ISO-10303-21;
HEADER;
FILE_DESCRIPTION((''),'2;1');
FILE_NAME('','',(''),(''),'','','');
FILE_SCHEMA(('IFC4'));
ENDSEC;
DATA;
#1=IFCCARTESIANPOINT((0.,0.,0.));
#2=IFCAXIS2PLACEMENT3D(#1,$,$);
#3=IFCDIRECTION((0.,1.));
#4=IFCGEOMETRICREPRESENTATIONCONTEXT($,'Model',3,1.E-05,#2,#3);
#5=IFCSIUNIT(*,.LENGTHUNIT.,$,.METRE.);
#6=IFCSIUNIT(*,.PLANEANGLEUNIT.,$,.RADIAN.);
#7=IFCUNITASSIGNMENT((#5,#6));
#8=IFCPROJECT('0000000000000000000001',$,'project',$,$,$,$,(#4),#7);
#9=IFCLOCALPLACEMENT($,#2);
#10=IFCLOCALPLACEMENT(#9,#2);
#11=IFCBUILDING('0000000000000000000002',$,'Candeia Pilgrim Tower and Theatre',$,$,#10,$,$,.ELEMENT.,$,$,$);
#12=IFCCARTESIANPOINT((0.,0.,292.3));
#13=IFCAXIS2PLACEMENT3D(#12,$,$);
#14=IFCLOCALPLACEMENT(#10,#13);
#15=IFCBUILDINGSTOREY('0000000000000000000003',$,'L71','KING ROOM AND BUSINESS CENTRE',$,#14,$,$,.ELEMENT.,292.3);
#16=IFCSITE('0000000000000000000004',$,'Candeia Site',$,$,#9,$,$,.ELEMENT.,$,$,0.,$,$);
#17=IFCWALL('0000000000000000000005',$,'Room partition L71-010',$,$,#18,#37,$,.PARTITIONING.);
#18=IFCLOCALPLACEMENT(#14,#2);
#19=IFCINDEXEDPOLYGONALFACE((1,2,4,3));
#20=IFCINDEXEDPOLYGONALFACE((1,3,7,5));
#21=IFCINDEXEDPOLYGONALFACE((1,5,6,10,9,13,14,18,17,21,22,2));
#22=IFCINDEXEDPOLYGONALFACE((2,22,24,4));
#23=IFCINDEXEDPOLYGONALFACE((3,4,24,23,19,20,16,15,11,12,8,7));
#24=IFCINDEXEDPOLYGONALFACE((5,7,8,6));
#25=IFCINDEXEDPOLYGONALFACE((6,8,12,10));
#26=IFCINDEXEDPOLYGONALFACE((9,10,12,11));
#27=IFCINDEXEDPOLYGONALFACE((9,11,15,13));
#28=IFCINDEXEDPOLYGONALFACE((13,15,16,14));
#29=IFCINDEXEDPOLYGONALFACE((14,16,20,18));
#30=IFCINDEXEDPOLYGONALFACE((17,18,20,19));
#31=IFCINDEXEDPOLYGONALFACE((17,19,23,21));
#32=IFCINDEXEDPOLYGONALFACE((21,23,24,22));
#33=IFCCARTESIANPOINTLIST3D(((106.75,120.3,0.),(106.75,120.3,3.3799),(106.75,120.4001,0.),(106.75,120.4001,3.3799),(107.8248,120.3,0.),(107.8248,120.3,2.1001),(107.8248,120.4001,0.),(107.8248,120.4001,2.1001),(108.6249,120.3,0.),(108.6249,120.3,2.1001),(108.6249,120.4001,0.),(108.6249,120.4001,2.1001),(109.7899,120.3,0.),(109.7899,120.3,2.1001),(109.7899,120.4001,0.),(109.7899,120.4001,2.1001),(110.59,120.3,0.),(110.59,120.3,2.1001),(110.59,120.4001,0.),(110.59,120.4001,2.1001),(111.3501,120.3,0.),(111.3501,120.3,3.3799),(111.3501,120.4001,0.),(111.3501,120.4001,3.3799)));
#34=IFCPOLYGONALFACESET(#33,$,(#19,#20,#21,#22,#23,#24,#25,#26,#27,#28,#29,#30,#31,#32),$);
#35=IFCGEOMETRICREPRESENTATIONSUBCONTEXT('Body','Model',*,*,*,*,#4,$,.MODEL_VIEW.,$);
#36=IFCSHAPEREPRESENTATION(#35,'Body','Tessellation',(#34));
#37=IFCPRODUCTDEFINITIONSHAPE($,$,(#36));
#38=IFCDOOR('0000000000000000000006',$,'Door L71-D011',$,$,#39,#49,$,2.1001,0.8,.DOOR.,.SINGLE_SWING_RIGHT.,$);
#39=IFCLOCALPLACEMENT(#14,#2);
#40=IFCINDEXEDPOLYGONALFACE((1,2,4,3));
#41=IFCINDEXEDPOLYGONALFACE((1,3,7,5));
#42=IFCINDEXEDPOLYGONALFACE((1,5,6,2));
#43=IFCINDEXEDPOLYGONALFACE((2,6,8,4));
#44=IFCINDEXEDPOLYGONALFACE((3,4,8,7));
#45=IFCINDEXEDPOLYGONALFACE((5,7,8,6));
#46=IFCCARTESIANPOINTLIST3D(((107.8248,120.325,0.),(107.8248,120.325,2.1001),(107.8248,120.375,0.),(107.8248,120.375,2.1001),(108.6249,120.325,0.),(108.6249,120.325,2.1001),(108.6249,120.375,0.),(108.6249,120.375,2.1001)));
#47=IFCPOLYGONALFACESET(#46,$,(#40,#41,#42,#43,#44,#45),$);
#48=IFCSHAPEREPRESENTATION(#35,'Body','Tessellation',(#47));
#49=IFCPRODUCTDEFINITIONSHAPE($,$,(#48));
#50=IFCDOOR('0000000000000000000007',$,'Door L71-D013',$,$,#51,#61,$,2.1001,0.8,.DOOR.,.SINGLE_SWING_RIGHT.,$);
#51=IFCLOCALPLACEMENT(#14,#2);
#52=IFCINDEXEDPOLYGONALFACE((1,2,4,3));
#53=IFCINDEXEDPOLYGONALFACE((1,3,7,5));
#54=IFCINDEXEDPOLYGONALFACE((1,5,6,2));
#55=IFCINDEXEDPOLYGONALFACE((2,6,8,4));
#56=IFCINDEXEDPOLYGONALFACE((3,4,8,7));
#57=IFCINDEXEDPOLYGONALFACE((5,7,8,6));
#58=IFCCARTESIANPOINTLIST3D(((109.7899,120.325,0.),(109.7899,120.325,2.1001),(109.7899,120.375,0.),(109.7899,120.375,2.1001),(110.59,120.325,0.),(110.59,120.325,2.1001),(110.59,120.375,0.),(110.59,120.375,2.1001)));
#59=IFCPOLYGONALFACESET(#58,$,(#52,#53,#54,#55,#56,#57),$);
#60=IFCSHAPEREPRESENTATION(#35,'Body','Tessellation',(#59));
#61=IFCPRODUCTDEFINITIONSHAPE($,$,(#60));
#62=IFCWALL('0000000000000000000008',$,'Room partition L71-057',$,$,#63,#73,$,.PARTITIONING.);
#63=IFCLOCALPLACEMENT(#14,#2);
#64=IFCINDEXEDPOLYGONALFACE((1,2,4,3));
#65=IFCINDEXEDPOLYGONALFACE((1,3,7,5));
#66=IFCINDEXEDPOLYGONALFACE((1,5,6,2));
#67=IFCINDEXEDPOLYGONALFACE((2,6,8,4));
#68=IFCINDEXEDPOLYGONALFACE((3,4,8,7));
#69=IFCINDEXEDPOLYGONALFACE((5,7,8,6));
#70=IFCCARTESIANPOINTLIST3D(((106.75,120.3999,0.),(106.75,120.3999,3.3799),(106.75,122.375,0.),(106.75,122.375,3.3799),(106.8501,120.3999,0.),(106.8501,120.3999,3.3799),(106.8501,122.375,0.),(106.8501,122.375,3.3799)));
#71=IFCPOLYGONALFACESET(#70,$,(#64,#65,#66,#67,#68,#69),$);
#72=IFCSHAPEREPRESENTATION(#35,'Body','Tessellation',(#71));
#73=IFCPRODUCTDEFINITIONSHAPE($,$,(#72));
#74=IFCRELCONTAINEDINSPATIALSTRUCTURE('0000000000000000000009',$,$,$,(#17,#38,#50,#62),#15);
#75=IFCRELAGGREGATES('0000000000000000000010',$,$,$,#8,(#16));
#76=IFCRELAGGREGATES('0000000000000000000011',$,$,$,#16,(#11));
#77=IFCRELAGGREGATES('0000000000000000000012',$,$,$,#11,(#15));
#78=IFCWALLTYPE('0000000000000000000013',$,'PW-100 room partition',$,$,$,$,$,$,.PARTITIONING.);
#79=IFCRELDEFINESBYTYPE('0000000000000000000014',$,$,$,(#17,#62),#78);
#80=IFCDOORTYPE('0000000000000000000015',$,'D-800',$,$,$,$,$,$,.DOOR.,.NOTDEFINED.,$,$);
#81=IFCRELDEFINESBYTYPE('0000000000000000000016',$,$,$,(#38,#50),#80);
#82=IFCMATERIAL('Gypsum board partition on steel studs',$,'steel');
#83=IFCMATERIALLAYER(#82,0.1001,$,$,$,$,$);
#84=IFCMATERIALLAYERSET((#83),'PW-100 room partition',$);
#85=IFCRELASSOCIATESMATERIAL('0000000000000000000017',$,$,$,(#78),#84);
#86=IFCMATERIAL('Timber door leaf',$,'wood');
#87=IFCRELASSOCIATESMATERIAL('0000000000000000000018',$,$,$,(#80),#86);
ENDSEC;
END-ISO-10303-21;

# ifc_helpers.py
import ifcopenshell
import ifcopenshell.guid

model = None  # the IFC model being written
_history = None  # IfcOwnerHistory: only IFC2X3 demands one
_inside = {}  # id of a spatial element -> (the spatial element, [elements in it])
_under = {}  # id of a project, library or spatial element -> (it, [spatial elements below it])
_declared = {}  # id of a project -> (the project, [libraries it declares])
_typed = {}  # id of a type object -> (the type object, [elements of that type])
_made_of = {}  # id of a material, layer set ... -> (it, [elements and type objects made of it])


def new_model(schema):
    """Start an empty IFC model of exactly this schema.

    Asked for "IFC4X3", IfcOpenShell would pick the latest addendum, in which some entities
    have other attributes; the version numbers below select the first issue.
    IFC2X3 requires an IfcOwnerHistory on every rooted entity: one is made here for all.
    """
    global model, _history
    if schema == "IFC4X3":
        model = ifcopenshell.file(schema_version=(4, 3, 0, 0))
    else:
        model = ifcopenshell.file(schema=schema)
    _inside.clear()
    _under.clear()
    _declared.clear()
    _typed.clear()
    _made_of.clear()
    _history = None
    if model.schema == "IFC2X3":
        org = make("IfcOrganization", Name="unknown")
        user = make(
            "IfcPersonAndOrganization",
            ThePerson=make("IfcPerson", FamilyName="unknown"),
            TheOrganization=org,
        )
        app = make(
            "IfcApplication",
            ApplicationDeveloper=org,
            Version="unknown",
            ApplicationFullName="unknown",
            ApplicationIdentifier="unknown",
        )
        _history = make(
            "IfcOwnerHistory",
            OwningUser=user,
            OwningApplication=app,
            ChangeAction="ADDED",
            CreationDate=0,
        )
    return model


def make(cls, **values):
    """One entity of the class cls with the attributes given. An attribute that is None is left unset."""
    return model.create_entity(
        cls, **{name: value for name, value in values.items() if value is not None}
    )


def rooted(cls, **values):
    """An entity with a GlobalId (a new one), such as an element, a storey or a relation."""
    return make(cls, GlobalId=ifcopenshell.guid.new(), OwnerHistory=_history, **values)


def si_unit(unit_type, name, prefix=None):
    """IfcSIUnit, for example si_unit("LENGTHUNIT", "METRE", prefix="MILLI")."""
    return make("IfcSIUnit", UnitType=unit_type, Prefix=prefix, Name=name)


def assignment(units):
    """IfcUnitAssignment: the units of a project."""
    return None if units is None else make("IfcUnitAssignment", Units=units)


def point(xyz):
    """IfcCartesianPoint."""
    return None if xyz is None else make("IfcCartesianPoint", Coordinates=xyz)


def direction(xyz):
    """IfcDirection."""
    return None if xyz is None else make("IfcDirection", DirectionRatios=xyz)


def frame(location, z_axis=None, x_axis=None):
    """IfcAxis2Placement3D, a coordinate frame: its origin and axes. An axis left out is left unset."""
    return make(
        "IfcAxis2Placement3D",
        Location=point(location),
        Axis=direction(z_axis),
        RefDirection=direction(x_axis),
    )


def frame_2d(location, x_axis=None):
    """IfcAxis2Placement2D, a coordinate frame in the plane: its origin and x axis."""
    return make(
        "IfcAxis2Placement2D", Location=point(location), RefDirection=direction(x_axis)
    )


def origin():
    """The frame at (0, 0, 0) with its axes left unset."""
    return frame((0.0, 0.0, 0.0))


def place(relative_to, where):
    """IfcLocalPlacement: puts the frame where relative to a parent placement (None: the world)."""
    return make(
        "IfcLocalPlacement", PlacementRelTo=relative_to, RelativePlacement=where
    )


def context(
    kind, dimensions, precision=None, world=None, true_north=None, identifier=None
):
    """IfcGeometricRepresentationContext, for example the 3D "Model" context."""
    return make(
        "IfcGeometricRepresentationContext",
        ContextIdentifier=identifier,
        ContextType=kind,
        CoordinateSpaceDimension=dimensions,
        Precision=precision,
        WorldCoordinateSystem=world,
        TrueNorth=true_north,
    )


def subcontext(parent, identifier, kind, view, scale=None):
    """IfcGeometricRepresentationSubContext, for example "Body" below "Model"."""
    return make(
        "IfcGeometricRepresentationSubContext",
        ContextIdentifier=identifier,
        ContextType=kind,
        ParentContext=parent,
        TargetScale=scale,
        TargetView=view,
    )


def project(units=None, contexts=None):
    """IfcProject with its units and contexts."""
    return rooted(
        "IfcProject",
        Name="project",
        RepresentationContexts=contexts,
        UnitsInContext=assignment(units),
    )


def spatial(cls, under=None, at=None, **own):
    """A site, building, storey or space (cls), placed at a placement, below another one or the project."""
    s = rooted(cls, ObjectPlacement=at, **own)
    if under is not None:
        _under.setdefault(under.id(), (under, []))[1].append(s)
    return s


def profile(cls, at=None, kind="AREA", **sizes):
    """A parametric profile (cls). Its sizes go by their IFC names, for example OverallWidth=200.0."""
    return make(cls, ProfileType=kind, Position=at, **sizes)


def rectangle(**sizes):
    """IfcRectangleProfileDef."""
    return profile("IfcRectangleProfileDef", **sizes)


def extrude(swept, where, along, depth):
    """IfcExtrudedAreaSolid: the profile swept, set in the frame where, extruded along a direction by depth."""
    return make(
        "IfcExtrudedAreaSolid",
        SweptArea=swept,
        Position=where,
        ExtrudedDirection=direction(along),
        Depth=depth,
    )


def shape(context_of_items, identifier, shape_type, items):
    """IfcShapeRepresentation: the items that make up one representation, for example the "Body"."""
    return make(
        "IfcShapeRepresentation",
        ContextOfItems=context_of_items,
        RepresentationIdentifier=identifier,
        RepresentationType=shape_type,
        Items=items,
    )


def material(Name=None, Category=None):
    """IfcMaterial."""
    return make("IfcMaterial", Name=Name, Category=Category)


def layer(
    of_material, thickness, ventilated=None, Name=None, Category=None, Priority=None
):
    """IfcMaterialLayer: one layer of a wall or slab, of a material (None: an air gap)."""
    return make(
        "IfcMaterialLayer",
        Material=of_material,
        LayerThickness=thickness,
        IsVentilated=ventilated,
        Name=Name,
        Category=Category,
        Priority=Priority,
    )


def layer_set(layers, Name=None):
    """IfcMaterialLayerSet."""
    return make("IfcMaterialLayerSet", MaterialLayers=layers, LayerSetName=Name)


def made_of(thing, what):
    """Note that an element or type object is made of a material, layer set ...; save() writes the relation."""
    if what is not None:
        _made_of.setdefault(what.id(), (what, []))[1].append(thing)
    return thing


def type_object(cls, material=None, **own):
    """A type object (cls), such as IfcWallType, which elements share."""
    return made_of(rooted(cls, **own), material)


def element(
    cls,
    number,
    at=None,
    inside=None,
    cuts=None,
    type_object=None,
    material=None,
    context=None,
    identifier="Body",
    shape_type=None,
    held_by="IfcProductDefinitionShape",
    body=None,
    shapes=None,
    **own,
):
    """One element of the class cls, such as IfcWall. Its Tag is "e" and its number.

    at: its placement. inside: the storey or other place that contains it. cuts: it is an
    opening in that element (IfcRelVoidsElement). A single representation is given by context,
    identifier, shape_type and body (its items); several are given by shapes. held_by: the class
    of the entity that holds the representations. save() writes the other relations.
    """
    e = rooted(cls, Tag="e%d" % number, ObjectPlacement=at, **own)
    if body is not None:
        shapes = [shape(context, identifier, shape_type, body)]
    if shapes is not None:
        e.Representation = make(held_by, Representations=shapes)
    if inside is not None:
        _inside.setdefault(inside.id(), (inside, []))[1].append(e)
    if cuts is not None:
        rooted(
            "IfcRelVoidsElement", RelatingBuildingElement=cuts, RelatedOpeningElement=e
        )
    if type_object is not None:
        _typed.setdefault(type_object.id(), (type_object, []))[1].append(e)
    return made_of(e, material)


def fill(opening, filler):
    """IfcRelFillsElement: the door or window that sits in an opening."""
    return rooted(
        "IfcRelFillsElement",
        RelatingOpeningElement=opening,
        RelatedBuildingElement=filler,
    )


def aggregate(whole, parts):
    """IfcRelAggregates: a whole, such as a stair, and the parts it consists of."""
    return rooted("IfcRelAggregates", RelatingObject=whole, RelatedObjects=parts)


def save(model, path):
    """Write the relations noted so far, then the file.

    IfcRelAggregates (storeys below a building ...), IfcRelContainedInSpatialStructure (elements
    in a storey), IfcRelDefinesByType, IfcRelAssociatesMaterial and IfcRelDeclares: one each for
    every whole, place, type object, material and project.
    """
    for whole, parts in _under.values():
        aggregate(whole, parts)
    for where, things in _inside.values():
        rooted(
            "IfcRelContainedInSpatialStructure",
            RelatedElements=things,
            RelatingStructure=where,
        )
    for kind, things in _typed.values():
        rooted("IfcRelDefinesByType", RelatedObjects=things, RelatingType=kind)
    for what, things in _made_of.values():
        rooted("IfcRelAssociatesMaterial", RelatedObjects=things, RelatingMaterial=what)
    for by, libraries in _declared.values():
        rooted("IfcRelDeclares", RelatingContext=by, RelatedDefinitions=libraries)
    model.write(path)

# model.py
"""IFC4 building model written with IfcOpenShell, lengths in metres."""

from ifc_helpers import new_model, si_unit, direction, frame, frame_2d, origin, place, context, subcontext, project, spatial, rectangle, extrude, material, layer, layer_set, type_object, element, fill, save


model = new_model("IFC4")

# Units and contexts
model_context = context("Model", 3, precision=1e-05, world=origin(), true_north=direction((0.0, 1.0)))
body_context = subcontext(model_context, "Body", "Model", "MODEL_VIEW")
ifc_project = project(units=[si_unit("LENGTHUNIT", "METRE"), si_unit("PLANEANGLEUNIT", "RADIAN")], contexts=[model_context])

# Site, building, storey
site_placement = place(None, origin())
site = spatial("IfcSite", under=ifc_project, at=site_placement, Name="Candeia Site", CompositionType="ELEMENT", RefElevation=0.0)
building_placement = place(site_placement, origin())
building = spatial("IfcBuilding", under=site, at=building_placement, Name="Candeia Pilgrim Tower and Theatre", CompositionType="ELEMENT")
storey_placement = place(building_placement, frame((0.0, 0.0, 292.3)))
storey = spatial("IfcBuildingStorey", under=building, at=storey_placement, Name="L71", Description="KING ROOM AND BUSINESS CENTRE", CompositionType="ELEMENT", Elevation=292.3)

# Wall, openings, doors
ifc_material_1 = material(Name="Gypsum board partition on steel studs", Category="steel")
ifc_layer_1 = layer(ifc_material_1, 0.1001)
ifc_layer_set_1 = layer_set([ifc_layer_1], Name="PW-100 room partition")
wall_type_1 = type_object("IfcWallType", Name="PW-100 room partition", PredefinedType="PARTITIONING", material=ifc_layer_set_1)
wall_1_placement = place(storey_placement, frame((106.75, 120.3501, 0.0), z_axis=(0.0, 0.0, 1.0), x_axis=(1.0, 0.0, 0.0)))
wall_1 = element("IfcWall", 1, at=wall_1_placement, inside=storey, type_object=wall_type_1, Name="Room partition L71-010", PredefinedType="PARTITIONING", context=body_context, shape_type="SweptSolid", body=[
    extrude(rectangle(XDim=4.6001, YDim=0.1001, at=frame_2d((2.3, 0.0))), origin(), (0.0, 0.0, 1.0), 3.3799),
])
opening_1_placement = place(wall_1_placement, frame((1.075, 0.0, 0.0)))
opening_1 = element("IfcOpeningElement", 2, at=opening_1_placement, cuts=wall_1, PredefinedType="OPENING", context=body_context, shape_type="SweptSolid", body=[
    extrude(rectangle(XDim=0.8, YDim=2.1001, at=frame_2d((0.3999, 1.05))), frame((0.0, 0.0601, 0.0), z_axis=(0.0, -1.0, 0.0), x_axis=(1.0, 0.0, 0.0)), (0.0, 0.0, 1.0), 0.1201),
])
opening_2_placement = place(wall_1_placement, frame((3.04, 0.0, 0.0)))
opening_2 = element("IfcOpeningElement", 3, at=opening_2_placement, cuts=wall_1, PredefinedType="OPENING", context=body_context, shape_type="SweptSolid", body=[
    extrude(rectangle(XDim=0.8, YDim=2.1001, at=frame_2d((0.3999, 1.05))), frame((0.0, 0.0601, 0.0), z_axis=(0.0, -1.0, 0.0), x_axis=(1.0, 0.0, 0.0)), (0.0, 0.0, 1.0), 0.1201),
])
ifc_material_2 = material(Name="Timber door leaf", Category="wood")
door_type_1 = type_object("IfcDoorType", Name="D-800", OperationType="NOTDEFINED", PredefinedType="DOOR", material=ifc_material_2)
door_1_placement = place(opening_1_placement, origin())
door_1 = element("IfcDoor", 4, at=door_1_placement, inside=storey, type_object=door_type_1, Name="Door L71-D011", OperationType="SINGLE_SWING_RIGHT", OverallHeight=2.1001, OverallWidth=0.8, PredefinedType="DOOR", context=body_context, shape_type="SweptSolid", body=[
    extrude(rectangle(XDim=0.8, YDim=2.1001, at=frame_2d((0.3999, 1.05))), frame((0.0, 0.0249, 0.0), z_axis=(0.0, -1.0, 0.0), x_axis=(1.0, 0.0, 0.0)), (0.0, 0.0, 1.0), 0.05),
])
fill(opening_1, door_1)
door_2_placement = place(opening_2_placement, origin())
door_2 = element("IfcDoor", 5, at=door_2_placement, inside=storey, type_object=door_type_1, Name="Door L71-D013", OperationType="SINGLE_SWING_RIGHT", OverallHeight=2.1001, OverallWidth=0.8, PredefinedType="DOOR", context=body_context, shape_type="SweptSolid", body=[
    extrude(rectangle(XDim=0.8, YDim=2.1001, at=frame_2d((0.3999, 1.05))), frame((0.0, 0.0249, 0.0), z_axis=(0.0, -1.0, 0.0), x_axis=(1.0, 0.0, 0.0)), (0.0, 0.0, 1.0), 0.05),
])
fill(opening_2, door_2)

# Wall
wall_2_placement = place(storey_placement, frame((106.8, 120.3999, 0.0), z_axis=(0.0, 0.0, 1.0), x_axis=(0.0, 1.0, 0.0)))
element("IfcWall", 6, at=wall_2_placement, inside=storey, type_object=wall_type_1, Name="Room partition L71-057", PredefinedType="PARTITIONING", context=body_context, shape_type="SweptSolid", body=[
    extrude(rectangle(XDim=1.9751, YDim=0.1001, at=frame_2d((0.9875, 0.0))), origin(), (0.0, 0.0, 1.0), 3.3799),
])

save(model, "model.ifc")
